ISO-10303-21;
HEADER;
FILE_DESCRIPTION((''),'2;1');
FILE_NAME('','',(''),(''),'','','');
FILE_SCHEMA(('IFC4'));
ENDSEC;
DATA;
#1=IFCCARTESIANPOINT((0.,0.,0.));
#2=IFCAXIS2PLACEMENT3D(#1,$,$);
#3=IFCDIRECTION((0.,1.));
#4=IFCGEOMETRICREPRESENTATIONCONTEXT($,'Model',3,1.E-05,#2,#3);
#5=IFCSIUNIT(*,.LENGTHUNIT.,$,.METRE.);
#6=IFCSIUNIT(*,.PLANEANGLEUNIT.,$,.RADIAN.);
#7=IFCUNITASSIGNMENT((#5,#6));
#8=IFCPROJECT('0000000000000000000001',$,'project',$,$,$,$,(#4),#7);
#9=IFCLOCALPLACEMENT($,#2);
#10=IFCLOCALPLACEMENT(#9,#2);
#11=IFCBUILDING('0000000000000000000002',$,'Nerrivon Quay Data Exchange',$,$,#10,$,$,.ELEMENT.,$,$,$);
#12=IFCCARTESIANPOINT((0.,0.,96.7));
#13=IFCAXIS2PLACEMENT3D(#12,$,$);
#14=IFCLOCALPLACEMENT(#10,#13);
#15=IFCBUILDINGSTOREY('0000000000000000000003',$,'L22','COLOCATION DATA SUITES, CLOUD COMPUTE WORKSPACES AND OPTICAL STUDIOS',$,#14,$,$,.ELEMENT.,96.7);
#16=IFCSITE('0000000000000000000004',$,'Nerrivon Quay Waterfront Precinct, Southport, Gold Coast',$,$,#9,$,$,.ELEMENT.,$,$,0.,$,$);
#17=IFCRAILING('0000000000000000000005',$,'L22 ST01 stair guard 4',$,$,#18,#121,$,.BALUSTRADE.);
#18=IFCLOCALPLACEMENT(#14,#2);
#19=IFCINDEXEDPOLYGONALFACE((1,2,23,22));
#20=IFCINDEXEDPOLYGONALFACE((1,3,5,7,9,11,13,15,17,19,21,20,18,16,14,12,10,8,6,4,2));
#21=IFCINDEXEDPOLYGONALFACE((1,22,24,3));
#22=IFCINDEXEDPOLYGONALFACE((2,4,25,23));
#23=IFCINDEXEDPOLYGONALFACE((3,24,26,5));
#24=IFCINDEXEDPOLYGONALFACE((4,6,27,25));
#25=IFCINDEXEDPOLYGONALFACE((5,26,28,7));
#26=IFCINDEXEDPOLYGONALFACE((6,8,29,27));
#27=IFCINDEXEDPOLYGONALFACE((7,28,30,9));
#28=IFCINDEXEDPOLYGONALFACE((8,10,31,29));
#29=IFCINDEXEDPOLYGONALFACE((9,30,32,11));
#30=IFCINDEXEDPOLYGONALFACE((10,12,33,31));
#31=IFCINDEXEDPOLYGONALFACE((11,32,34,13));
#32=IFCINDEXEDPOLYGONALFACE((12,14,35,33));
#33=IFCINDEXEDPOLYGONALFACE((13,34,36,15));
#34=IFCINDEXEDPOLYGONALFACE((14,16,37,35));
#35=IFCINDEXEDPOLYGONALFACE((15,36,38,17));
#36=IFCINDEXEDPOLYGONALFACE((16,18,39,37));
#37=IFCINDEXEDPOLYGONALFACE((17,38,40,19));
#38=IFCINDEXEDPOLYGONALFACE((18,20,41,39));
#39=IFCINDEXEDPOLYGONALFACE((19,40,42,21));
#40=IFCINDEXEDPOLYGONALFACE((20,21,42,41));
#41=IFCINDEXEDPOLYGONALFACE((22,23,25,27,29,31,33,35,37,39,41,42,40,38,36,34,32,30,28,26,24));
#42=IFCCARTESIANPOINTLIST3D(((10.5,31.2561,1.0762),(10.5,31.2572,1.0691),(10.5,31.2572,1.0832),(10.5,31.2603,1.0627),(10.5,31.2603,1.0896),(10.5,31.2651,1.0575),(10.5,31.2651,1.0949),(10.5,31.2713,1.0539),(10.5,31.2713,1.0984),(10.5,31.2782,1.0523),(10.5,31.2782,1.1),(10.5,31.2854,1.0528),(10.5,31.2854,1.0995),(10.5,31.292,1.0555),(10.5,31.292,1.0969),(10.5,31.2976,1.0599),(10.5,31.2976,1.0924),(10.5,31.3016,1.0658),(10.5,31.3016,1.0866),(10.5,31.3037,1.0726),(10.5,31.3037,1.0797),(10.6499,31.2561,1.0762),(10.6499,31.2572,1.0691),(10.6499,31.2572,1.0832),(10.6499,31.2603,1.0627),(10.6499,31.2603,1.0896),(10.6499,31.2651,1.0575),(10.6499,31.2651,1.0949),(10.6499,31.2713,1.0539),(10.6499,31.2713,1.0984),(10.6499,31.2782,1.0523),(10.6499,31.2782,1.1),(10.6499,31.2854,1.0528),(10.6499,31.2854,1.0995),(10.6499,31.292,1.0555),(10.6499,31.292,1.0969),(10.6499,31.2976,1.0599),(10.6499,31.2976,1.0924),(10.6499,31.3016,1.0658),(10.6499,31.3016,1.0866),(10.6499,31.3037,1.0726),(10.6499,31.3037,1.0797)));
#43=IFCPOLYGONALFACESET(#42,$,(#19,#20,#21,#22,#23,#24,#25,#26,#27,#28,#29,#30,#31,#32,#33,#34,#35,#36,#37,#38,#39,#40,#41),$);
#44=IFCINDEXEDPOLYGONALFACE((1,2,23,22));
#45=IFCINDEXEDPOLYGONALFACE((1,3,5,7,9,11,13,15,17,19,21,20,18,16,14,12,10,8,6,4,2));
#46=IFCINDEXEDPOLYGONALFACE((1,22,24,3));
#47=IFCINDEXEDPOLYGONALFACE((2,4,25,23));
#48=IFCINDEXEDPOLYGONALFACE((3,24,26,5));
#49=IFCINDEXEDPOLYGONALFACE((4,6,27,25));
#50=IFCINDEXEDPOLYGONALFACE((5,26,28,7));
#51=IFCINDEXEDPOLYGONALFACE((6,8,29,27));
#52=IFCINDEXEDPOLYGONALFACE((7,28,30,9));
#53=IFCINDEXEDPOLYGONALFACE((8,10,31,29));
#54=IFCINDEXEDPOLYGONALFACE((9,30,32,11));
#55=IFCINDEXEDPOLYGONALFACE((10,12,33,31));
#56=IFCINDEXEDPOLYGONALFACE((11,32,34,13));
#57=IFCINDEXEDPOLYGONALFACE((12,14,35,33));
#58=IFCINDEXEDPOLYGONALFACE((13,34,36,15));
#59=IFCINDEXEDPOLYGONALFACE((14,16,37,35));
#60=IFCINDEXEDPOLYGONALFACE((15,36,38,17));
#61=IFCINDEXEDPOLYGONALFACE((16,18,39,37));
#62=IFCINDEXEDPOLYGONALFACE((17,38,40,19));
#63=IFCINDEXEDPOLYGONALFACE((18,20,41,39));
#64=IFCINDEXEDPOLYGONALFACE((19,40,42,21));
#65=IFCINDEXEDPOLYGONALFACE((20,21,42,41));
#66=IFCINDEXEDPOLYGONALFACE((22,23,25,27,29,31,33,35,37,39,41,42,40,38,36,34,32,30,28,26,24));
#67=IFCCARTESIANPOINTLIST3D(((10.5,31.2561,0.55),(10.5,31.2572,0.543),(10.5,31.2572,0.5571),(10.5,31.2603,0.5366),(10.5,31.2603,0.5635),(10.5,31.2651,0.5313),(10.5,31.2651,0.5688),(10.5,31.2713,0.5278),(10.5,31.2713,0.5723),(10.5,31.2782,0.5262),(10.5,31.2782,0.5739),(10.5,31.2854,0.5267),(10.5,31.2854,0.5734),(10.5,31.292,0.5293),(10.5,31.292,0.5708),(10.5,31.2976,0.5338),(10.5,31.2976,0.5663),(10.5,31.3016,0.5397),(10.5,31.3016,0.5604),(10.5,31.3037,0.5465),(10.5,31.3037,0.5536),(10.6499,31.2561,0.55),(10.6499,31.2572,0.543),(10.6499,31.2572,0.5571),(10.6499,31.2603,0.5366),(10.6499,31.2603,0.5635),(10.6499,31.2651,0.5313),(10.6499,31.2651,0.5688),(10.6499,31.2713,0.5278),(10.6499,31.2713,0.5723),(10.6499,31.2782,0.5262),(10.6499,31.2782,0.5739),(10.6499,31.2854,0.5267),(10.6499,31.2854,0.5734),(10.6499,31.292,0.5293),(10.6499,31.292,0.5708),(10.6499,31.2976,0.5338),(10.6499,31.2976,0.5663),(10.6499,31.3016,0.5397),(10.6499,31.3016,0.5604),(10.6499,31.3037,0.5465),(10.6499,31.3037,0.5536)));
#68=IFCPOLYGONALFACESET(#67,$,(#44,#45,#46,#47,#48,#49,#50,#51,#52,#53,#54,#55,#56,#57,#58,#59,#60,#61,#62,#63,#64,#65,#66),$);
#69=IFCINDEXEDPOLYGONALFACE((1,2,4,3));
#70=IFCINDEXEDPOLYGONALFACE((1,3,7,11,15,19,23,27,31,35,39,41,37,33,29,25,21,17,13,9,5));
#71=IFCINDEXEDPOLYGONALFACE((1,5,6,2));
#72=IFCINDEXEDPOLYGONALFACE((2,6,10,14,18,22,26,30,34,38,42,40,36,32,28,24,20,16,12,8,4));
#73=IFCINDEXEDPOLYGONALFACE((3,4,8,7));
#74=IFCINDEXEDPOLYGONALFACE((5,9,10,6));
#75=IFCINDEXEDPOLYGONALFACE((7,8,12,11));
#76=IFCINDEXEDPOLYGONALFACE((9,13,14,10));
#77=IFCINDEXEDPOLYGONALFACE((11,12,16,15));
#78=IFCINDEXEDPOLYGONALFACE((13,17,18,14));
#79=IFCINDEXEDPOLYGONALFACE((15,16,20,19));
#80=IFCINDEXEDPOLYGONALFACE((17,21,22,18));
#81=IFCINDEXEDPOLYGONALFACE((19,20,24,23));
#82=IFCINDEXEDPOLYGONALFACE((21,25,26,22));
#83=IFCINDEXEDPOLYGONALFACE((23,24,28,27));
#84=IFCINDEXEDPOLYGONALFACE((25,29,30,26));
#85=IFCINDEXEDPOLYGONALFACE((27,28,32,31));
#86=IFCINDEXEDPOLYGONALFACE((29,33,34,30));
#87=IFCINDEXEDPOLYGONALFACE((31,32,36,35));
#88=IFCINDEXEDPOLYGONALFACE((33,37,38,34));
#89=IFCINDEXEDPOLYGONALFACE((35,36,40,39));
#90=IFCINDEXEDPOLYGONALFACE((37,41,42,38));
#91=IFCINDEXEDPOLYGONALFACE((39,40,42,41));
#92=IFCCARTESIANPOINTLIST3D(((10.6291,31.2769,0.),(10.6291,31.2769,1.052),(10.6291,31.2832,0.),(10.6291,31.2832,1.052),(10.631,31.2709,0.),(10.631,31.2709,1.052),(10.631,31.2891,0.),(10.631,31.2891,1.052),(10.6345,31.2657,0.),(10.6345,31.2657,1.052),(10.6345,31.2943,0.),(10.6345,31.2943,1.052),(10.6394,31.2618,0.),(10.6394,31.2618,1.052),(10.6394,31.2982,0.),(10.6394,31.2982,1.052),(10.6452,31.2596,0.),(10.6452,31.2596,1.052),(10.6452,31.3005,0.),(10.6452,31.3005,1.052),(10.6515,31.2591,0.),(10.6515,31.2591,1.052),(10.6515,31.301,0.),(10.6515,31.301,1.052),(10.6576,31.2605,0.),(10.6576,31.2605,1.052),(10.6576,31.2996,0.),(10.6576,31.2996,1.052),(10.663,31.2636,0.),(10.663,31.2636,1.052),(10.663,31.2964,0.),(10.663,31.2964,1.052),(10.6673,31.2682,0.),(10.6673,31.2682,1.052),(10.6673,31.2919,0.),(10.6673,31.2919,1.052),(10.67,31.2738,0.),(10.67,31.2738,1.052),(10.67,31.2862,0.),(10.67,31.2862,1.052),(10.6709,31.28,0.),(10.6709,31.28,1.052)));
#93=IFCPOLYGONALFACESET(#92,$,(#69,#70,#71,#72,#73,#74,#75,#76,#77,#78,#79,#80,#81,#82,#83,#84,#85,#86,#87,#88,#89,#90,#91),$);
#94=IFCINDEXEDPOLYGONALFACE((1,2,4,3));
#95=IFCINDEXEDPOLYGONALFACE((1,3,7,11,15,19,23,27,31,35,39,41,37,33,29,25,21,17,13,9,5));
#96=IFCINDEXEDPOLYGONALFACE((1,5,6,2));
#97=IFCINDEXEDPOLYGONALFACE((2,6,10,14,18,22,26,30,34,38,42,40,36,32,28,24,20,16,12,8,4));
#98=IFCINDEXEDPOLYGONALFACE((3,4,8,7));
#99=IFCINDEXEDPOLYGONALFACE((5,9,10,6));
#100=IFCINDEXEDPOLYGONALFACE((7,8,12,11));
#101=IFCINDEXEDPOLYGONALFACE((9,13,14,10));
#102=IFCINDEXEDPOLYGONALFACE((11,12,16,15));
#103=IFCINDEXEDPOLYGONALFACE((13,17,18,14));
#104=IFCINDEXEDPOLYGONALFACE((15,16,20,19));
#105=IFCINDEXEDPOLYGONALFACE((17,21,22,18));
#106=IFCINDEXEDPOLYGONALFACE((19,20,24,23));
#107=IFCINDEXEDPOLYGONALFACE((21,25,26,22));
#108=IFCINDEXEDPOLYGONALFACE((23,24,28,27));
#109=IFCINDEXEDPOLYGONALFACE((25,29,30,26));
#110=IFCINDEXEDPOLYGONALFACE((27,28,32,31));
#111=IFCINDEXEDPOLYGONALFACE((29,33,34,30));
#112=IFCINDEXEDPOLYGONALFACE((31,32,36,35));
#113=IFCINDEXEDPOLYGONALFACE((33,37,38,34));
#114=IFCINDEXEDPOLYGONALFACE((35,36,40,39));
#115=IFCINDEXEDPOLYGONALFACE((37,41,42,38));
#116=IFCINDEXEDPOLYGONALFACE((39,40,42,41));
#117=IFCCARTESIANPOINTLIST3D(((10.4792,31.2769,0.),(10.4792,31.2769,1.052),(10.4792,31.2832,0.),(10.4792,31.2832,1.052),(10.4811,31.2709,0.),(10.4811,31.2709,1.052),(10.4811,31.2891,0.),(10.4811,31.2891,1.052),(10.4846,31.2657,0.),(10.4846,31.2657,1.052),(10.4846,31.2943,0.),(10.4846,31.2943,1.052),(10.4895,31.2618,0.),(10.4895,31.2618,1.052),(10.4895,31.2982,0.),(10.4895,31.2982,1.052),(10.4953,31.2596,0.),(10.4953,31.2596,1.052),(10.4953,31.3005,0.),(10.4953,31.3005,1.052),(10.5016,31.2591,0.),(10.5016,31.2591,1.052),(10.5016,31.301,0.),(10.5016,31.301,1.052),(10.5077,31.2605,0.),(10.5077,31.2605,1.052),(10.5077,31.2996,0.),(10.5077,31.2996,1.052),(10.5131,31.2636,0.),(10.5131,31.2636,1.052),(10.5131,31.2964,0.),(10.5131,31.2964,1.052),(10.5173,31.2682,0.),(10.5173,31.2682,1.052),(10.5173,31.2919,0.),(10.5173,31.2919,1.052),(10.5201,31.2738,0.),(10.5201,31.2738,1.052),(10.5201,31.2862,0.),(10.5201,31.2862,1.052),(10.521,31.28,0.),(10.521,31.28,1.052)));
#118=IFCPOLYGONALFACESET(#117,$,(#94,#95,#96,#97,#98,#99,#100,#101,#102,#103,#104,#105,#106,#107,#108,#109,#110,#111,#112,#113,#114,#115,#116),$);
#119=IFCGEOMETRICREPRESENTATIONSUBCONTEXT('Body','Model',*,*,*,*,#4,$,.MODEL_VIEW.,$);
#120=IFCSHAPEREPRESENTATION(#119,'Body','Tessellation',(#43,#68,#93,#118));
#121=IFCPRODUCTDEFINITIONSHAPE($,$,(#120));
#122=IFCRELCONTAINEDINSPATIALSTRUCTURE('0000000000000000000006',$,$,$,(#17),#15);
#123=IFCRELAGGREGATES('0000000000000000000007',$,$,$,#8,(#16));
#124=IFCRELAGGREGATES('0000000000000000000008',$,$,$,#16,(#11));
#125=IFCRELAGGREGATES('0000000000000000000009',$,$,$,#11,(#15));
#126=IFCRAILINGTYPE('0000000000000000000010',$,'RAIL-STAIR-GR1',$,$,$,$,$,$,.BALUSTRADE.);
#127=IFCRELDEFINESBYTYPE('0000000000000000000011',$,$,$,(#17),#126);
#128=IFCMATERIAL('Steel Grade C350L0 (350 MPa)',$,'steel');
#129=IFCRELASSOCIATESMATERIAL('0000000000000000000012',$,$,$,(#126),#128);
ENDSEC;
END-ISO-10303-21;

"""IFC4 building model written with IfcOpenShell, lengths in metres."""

from ifc_helpers import new_model, si_unit, direction, frame, origin, origin_2d, place, context, subcontext, project, spatial, circle, extrude, material, type_object, element, save


model = new_model("IFC4")

# Units and contexts
model_context = context("Model", 3, precision=1e-05, world=origin(), true_north=direction((0.0, 1.0)))
body_context = subcontext(model_context, "Body", "Model", "MODEL_VIEW")
ifc_project = project(units=[si_unit("LENGTHUNIT", "METRE"), si_unit("PLANEANGLEUNIT", "RADIAN")], contexts=[model_context])

# Site, building, storey
site_placement = place(None, origin())
site = spatial("IfcSite", under=ifc_project, at=site_placement, Name="Nerrivon Quay Waterfront Precinct, Southport, Gold Coast", CompositionType="ELEMENT", RefElevation=0.0)
building_placement = place(site_placement, origin())
building = spatial("IfcBuilding", under=site, at=building_placement, Name="Nerrivon Quay Data Exchange", CompositionType="ELEMENT")
storey_placement = place(building_placement, frame((0.0, 0.0, 96.7)))
storey = spatial("IfcBuildingStorey", under=building, at=storey_placement, Name="L22", Description="COLOCATION DATA SUITES, CLOUD COMPUTE WORKSPACES AND OPTICAL STUDIOS", CompositionType="ELEMENT", Elevation=96.7)

# Railing
ifc_material_1 = material(Name="Steel Grade C350L0 (350 MPa)", Category="steel")
railing_type = type_object("IfcRailingType", Name="RAIL-STAIR-GR1", PredefinedType="BALUSTRADE", material=ifc_material_1)
railing_placement = place(storey_placement, frame((10.6499, 31.28, 0.0)))
element("IfcRailing", 1, at=railing_placement, inside=storey, type_object=railing_type, Name="L22 ST01 stair guard 4", PredefinedType="BALUSTRADE", context=body_context, shape_type="SweptSolid", body=[
    extrude(circle(Radius=0.0239, at=origin_2d()), frame((0.0, 0.0, 1.0762), z_axis=(-1.0, 0.0, 0.0), x_axis=(0.0, -1.0, 0.0)), (0.0, 0.0, 1.0), 0.1499),
    extrude(circle(Radius=0.0239, at=origin_2d()), frame((0.0, 0.0, 0.55), z_axis=(-1.0, 0.0, 0.0), x_axis=(0.0, -1.0, 0.0)), (0.0, 0.0, 1.0), 0.1499),
    extrude(circle(Radius=0.021, at=origin_2d()), origin(), (0.0, 0.0, 1.0), 1.052),
    extrude(circle(Radius=0.021, at=origin_2d()), frame((-0.1499, 0.0, 0.0)), (0.0, 0.0, 1.0), 1.052),
])

save(model, "model.ifc")
